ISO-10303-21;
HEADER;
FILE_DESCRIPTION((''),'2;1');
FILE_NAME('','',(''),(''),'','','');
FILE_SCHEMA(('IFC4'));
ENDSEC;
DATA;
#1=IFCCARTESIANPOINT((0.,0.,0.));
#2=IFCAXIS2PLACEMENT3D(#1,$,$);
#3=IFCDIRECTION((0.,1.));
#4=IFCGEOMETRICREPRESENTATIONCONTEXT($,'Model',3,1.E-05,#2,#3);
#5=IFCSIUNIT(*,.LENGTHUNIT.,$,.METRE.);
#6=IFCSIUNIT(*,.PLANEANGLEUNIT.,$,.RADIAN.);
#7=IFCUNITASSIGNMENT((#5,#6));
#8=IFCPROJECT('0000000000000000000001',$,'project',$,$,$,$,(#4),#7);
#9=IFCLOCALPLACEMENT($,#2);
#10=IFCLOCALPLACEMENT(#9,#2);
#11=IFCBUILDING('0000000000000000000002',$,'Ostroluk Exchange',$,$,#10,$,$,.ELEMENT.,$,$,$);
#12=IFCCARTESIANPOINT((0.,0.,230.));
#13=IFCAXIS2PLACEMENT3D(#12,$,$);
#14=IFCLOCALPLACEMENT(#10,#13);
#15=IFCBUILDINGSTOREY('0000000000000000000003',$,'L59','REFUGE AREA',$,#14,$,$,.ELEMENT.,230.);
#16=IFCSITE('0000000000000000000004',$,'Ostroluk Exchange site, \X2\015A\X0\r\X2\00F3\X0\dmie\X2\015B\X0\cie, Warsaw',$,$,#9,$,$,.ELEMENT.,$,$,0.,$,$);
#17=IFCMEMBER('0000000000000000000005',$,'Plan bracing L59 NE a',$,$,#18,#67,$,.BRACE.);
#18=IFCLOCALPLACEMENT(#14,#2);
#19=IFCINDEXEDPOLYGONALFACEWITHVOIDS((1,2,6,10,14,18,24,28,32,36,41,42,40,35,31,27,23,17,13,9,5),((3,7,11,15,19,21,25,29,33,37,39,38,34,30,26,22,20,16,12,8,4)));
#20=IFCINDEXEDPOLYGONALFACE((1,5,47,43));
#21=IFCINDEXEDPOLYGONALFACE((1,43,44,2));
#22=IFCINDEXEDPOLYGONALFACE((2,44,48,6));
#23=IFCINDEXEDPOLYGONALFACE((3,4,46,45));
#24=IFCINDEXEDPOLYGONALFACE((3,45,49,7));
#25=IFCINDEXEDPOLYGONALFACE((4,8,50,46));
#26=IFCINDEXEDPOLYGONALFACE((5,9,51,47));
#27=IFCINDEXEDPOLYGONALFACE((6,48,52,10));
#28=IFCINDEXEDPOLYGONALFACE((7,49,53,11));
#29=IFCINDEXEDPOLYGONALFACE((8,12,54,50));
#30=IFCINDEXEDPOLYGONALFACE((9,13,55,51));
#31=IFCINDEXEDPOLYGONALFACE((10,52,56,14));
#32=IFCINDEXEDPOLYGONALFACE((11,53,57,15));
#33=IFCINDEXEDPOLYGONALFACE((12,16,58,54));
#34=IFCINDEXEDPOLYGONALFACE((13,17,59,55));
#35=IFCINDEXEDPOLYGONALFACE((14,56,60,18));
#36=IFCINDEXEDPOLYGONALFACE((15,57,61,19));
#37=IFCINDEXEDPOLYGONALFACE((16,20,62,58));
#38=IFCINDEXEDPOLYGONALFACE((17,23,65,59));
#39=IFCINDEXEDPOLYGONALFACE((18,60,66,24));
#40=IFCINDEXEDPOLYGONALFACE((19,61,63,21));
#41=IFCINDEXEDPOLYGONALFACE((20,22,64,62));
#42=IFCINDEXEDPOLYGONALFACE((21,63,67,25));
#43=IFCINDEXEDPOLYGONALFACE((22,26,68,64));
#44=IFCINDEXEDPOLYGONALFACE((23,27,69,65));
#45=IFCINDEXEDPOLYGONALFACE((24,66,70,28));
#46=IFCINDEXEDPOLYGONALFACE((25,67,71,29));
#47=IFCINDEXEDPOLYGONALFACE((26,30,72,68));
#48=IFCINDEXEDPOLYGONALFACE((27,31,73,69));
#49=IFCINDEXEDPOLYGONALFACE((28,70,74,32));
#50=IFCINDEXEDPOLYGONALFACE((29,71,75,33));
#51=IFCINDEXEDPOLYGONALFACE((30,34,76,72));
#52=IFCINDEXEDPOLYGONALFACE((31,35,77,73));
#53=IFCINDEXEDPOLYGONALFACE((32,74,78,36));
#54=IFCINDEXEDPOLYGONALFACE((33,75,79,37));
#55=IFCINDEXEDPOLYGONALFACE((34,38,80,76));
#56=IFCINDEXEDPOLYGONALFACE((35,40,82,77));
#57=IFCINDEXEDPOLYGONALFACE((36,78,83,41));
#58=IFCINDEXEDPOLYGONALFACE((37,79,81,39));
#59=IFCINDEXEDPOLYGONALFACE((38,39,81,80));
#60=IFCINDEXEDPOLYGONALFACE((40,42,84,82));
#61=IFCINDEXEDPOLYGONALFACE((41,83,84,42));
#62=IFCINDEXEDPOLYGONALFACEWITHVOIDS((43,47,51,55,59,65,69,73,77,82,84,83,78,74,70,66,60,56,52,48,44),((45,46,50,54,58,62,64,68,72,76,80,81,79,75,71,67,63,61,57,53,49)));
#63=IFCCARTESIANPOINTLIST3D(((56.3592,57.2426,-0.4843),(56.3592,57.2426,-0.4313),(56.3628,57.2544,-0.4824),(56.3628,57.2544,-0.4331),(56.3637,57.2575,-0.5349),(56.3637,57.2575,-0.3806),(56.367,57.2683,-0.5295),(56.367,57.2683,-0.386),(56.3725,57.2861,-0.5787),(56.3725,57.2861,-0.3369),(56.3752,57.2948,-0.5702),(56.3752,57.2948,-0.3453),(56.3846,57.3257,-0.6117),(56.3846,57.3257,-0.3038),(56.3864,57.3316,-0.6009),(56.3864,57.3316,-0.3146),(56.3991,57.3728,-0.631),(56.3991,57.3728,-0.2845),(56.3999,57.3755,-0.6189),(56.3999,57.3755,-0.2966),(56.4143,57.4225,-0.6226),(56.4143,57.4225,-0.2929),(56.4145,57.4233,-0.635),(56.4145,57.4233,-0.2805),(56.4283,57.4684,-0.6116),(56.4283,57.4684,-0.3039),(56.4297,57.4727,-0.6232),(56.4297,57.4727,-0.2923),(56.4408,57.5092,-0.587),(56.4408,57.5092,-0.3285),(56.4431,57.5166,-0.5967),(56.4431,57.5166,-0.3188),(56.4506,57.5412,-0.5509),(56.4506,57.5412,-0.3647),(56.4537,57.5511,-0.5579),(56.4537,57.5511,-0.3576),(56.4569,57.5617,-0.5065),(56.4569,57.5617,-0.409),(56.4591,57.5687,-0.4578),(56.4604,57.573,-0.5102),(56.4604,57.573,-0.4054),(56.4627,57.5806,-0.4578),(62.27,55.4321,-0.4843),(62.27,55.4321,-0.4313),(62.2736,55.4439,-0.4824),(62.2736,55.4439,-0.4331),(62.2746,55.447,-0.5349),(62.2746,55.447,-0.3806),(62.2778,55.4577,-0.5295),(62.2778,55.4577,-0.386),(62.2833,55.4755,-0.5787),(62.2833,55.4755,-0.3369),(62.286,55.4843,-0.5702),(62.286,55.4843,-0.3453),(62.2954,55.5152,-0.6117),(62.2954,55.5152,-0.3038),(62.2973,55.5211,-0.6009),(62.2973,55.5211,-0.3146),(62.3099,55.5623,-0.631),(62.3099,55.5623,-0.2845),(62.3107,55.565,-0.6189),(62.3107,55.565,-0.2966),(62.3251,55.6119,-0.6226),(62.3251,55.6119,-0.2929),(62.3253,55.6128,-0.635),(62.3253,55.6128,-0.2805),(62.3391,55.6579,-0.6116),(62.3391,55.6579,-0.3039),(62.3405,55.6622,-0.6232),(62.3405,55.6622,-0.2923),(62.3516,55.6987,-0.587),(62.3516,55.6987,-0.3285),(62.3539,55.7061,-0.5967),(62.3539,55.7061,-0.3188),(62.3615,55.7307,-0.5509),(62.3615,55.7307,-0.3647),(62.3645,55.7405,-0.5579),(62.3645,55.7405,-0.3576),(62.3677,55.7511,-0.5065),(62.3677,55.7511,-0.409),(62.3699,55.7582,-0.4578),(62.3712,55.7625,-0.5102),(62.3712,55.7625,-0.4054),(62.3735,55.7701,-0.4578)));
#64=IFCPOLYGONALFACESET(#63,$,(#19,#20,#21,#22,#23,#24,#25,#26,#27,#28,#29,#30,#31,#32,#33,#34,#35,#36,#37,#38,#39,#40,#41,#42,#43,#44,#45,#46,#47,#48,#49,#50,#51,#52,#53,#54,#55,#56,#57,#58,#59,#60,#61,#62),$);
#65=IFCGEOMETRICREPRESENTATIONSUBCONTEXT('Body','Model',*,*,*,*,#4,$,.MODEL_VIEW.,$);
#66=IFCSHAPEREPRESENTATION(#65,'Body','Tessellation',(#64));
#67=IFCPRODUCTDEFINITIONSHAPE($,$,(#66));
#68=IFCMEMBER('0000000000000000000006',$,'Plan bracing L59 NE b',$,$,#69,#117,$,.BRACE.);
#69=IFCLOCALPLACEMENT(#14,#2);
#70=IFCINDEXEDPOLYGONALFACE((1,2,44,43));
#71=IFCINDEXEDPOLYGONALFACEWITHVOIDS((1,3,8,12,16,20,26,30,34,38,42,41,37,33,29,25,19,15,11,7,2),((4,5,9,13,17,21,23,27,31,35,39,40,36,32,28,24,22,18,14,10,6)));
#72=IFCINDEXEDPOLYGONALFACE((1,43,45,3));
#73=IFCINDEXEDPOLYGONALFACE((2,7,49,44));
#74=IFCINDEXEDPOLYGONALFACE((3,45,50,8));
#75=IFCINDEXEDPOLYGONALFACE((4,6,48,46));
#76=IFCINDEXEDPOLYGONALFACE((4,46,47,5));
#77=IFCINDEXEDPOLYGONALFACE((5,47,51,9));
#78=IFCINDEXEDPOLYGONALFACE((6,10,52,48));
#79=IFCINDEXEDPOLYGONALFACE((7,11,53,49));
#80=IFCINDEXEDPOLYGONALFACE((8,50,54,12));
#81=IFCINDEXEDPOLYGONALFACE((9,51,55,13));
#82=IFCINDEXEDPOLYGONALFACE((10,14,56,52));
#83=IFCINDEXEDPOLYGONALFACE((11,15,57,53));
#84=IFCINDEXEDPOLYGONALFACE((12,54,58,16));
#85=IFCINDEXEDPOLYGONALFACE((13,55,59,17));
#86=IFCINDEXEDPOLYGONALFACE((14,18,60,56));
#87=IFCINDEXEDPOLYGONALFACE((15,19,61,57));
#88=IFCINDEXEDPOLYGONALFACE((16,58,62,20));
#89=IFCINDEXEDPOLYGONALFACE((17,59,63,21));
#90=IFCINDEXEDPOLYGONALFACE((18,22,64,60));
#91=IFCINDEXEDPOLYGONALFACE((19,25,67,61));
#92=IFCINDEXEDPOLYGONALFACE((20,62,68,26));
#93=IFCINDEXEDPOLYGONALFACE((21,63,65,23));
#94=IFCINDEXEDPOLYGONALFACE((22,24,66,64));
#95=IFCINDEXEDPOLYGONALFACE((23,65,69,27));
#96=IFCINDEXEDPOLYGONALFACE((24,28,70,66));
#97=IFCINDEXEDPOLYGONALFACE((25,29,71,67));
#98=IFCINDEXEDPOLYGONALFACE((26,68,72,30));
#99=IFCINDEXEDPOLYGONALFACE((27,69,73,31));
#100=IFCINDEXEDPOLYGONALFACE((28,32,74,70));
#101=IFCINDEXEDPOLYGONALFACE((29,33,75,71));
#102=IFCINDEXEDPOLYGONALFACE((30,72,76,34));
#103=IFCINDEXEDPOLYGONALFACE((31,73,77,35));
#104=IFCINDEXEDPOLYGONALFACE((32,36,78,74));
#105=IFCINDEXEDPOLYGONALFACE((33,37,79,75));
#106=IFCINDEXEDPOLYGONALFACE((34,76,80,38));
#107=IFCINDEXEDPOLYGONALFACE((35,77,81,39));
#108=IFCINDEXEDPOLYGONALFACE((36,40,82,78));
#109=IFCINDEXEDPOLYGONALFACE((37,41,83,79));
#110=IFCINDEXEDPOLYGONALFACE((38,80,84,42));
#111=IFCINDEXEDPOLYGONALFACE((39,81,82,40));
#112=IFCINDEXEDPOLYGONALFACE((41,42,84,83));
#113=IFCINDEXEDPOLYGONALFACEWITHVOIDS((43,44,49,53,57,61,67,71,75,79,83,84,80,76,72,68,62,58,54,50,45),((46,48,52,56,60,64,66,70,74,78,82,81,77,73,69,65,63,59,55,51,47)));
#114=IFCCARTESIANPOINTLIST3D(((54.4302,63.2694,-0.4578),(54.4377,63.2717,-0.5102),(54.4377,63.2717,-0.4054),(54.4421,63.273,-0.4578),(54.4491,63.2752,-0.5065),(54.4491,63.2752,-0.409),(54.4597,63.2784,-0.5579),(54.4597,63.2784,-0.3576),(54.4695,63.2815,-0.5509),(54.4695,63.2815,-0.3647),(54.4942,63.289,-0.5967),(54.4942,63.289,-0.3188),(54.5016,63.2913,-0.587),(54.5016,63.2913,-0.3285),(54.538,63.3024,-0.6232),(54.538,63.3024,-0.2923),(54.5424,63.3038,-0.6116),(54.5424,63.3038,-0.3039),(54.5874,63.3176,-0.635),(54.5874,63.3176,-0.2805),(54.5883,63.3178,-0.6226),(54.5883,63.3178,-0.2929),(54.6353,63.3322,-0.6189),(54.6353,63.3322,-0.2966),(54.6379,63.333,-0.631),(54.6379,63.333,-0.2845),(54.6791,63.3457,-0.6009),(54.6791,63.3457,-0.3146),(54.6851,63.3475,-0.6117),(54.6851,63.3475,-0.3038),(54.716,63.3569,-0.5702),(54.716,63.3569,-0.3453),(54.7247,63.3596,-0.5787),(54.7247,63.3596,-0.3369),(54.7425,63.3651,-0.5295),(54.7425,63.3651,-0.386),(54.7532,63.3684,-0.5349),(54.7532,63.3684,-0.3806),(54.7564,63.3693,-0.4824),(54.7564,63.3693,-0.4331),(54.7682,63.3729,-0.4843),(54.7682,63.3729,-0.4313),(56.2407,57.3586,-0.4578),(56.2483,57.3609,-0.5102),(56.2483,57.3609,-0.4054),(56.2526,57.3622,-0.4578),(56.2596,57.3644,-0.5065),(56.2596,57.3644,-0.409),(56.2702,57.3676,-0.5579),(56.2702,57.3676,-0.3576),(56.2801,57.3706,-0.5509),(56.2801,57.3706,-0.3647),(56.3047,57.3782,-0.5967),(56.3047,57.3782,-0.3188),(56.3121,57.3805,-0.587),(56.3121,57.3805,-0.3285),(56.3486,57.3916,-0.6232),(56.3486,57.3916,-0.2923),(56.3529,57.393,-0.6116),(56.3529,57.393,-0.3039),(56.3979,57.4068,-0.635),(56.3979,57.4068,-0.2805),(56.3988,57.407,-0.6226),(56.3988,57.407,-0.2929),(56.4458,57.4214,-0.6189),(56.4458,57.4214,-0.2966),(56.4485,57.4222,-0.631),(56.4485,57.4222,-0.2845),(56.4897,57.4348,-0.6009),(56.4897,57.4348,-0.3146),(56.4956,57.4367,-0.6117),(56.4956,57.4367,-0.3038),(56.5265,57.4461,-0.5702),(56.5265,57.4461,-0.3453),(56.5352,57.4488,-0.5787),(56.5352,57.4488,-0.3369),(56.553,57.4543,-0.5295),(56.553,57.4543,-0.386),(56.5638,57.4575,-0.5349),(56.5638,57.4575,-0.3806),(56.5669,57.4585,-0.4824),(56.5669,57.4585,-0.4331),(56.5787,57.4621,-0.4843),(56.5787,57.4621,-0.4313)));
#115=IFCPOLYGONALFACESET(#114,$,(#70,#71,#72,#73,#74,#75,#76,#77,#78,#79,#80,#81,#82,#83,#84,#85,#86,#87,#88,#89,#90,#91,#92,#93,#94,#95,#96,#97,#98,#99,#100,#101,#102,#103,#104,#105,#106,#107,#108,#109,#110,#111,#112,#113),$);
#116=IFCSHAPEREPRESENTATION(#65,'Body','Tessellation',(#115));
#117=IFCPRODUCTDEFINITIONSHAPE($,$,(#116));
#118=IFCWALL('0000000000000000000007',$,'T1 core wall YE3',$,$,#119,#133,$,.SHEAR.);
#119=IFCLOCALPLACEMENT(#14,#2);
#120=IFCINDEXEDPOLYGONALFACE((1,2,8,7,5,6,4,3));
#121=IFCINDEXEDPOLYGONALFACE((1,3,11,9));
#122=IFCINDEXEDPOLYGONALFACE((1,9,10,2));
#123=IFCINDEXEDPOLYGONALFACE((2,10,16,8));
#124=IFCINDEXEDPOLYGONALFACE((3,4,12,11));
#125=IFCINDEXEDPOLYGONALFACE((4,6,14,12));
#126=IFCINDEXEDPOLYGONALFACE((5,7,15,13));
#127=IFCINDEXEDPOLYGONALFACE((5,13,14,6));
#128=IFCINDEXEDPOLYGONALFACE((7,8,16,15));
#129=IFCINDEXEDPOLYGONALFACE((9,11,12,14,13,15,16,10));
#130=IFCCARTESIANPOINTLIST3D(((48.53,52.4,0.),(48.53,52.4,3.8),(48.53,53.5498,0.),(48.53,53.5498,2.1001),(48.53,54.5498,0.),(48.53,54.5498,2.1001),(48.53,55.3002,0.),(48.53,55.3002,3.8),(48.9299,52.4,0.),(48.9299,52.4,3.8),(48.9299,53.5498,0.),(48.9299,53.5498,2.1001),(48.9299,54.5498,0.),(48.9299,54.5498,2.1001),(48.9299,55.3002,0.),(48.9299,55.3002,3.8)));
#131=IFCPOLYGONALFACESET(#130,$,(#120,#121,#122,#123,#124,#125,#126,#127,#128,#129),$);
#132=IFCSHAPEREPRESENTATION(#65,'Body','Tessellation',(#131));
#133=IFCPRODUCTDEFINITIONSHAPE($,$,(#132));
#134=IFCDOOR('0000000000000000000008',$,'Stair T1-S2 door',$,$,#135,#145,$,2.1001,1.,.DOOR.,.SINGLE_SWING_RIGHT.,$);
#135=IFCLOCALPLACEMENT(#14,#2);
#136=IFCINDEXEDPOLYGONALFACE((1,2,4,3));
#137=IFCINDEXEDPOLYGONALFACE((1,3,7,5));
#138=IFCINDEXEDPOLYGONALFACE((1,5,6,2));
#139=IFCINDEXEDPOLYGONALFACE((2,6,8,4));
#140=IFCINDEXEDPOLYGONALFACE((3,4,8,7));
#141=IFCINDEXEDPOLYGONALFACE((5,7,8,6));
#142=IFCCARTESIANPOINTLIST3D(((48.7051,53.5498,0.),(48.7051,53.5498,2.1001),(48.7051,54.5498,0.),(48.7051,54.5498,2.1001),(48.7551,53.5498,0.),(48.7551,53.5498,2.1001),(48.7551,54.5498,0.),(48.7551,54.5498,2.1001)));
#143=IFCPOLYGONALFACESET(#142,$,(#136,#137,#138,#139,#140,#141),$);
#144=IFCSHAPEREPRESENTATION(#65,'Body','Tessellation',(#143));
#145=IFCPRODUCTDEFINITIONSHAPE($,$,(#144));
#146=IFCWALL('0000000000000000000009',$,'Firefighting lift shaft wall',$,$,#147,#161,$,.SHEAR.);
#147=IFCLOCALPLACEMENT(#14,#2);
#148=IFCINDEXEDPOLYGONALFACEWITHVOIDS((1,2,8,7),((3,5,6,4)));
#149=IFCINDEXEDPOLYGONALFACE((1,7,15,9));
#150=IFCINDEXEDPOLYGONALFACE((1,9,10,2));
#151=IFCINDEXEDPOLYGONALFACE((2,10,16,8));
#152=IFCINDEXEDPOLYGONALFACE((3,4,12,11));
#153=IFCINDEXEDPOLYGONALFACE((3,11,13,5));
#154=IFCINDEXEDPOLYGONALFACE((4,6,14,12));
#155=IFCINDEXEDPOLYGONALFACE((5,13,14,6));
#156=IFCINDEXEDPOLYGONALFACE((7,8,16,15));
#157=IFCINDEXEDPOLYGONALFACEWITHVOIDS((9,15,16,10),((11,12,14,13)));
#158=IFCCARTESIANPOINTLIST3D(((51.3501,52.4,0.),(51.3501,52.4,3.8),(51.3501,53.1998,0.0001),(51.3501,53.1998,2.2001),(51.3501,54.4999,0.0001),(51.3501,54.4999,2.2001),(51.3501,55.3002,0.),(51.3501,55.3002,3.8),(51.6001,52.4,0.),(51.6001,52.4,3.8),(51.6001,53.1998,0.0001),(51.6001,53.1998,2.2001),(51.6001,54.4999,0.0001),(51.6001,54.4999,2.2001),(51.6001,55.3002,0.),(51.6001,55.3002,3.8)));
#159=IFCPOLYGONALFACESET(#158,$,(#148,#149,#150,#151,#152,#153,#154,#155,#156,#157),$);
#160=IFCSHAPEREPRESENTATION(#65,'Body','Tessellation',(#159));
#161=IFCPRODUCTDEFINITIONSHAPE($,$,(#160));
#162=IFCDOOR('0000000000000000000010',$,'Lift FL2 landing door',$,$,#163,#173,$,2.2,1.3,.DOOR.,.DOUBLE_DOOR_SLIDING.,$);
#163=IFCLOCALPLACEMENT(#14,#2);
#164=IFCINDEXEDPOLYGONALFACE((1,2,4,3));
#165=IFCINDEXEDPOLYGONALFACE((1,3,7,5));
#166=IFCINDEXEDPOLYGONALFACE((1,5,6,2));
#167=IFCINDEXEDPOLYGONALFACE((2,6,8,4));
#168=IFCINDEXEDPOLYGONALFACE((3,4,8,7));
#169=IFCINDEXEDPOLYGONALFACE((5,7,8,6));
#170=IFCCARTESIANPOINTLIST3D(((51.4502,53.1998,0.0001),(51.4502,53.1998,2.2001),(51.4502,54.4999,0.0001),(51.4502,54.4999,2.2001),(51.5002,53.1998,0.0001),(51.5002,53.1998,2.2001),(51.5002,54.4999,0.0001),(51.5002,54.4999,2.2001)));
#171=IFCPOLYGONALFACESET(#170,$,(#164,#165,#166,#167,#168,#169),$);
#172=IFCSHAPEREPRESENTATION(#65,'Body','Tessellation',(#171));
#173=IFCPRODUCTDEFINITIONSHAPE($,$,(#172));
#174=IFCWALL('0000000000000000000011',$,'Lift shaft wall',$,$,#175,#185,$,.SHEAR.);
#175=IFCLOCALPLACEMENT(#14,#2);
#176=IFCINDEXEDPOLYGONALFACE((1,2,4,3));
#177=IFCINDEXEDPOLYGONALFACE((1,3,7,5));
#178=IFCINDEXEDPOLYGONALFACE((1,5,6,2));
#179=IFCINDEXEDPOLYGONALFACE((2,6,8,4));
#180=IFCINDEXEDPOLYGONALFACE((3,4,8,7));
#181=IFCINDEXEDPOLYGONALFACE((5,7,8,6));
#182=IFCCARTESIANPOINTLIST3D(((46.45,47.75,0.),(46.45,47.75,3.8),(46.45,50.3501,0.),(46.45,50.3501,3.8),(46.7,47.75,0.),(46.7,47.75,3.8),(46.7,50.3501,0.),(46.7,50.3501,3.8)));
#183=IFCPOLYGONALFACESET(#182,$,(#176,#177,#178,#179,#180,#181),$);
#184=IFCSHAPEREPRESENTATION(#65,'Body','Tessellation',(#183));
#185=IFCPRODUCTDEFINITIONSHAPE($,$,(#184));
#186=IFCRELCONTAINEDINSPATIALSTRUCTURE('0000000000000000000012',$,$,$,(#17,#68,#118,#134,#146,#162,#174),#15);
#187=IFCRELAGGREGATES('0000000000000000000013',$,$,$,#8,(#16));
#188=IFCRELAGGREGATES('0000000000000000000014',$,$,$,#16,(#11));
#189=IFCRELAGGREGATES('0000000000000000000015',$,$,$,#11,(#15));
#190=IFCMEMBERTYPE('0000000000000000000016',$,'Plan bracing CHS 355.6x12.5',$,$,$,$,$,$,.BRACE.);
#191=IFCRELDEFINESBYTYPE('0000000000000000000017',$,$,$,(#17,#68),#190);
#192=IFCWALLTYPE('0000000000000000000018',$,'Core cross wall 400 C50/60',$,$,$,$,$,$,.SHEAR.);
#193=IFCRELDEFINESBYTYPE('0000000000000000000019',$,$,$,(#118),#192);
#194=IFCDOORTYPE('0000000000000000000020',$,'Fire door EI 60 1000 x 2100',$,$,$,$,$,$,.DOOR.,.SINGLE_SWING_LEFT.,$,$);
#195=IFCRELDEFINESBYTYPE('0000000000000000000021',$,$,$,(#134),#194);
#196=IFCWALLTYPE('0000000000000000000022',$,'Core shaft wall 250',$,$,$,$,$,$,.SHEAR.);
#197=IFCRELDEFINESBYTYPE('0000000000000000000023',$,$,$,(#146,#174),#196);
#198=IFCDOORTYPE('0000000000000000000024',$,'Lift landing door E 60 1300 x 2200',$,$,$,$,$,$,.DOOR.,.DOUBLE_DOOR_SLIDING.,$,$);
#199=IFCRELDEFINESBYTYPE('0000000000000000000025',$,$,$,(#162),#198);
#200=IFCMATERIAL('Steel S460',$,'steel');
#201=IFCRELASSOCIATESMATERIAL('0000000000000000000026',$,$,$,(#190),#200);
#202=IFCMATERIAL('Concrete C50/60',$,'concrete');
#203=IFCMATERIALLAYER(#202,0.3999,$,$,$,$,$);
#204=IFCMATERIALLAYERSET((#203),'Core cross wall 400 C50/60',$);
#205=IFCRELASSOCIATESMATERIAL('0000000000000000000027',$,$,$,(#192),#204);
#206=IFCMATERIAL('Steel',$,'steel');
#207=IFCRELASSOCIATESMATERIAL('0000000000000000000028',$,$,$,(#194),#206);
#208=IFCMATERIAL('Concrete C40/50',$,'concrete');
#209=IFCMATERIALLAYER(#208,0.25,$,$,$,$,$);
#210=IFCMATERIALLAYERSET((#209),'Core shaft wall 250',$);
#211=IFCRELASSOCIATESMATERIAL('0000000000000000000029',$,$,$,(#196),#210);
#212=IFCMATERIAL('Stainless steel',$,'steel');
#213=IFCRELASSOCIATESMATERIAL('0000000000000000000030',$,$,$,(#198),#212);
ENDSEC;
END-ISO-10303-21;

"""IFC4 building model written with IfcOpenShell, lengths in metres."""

from ifc_helpers import new_model, si_unit, direction, frame, frame_2d, origin, origin_2d, place, context, subcontext, project, spatial, rectangle, hollow_circle, extrude, material, layer, layer_set, material_profile, profile_set, type_object, element, fill, save


model = new_model("IFC4")

# Units and contexts
model_context = context("Model", 3, precision=1e-05, world=origin(), true_north=direction((0.0, 1.0)))
body_context = subcontext(model_context, "Body", "Model", "MODEL_VIEW")
ifc_project = project(units=[si_unit("LENGTHUNIT", "METRE"), si_unit("PLANEANGLEUNIT", "RADIAN")], contexts=[model_context])

# Site, building, storey
site_placement = place(None, origin())
site = spatial("IfcSite", under=ifc_project, at=site_placement, Name="Ostroluk Exchange site, Śródmieście, Warsaw", CompositionType="ELEMENT", RefElevation=0.0)
building_placement = place(site_placement, origin())
building = spatial("IfcBuilding", under=site, at=building_placement, Name="Ostroluk Exchange", CompositionType="ELEMENT")
storey_placement = place(building_placement, frame((0.0, 0.0, 230.0)))
storey = spatial("IfcBuildingStorey", under=building, at=storey_placement, Name="L59", Description="REFUGE AREA", CompositionType="ELEMENT", Elevation=230.0)

# Members
ifc_material_1 = material(Name="Steel S460", Category="steel")
ifc_material_profile_1 = material_profile(ifc_material_1, hollow_circle(Radius=0.1777, WallThickness=0.0125, at=origin_2d()), Name="CHS 355.6x12.5")
ifc_profile_set_1 = profile_set([ifc_material_profile_1], Name="Steel S460")
member_type_1 = type_object("IfcMemberType", Name="Plan bracing CHS 355.6x12.5", PredefinedType="BRACE", material=ifc_profile_set_1)
for number, where, z_axis, x_axis, name in (
    (1, (56.4106, 57.4106, -0.4578), (0.956151, -0.292876, 0.0), (0.292876, 0.956151, 0.0), "Plan bracing L59 NE a"),
    (2, (56.4106, 57.4106, -0.4578), (-0.292876, 0.956151, 0.0), (-0.956151, -0.292876, 0.0), "Plan bracing L59 NE b"),
):
    element("IfcMember", number, at=place(storey_placement, frame(where, z_axis=z_axis, x_axis=x_axis)), inside=storey, type_object=member_type_1, Name=name, PredefinedType="BRACE", context=body_context, shape_type="SweptSolid", body=[
        extrude(hollow_circle(Radius=0.1777, WallThickness=0.0125, at=origin_2d()), origin(), (0.0, 0.0, 1.0), 6.1819),
    ])

# Walls, openings, doors
ifc_material_2 = material(Name="Concrete C50/60", Category="concrete")
ifc_layer_1 = layer(ifc_material_2, 0.3999)
ifc_layer_set_1 = layer_set([ifc_layer_1], Name="Core cross wall 400 C50/60")
wall_type_1 = type_object("IfcWallType", Name="Core cross wall 400 C50/60", PredefinedType="SHEAR", material=ifc_layer_set_1)
wall_1_placement = place(storey_placement, frame((48.73, 52.3999, 0.0), z_axis=(0.0, 0.0, 1.0), x_axis=(0.0, 1.0, 0.0)))
wall_1 = element("IfcWall", 3, at=wall_1_placement, inside=storey, type_object=wall_type_1, Name="T1 core wall YE3", PredefinedType="SHEAR", context=body_context, shape_type="SweptSolid", body=[
    extrude(rectangle(XDim=2.9001, YDim=0.3999, at=frame_2d((1.4502, 0.0))), origin(), (0.0, 0.0, 1.0), 3.8),
])
opening_1_placement = place(wall_1_placement, frame((1.1499, 0.0, 0.0)))
opening_1 = element("IfcOpeningElement", 4, at=opening_1_placement, cuts=wall_1, PredefinedType="OPENING", context=body_context, shape_type="SweptSolid", body=[
    extrude(rectangle(XDim=1.0, YDim=2.1001, at=frame_2d((0.5, 1.05))), frame((0.0, 0.21, 0.0), z_axis=(0.0, -1.0, 0.0), x_axis=(1.0, 0.0, 0.0)), (0.0, 0.0, 1.0), 0.4199),
])
ifc_material_3 = material(Name="Steel", Category="steel")
door_type_1 = type_object("IfcDoorType", Name="Fire door EI 60 1000 x 2100", OperationType="SINGLE_SWING_LEFT", PredefinedType="DOOR", material=ifc_material_3)
door_1_placement = place(opening_1_placement, origin())
door_1 = element("IfcDoor", 5, at=door_1_placement, inside=storey, type_object=door_type_1, Name="Stair T1-S2 door", OperationType="SINGLE_SWING_RIGHT", OverallHeight=2.1001, OverallWidth=1.0, PredefinedType="DOOR", context=body_context, shape_type="SweptSolid", body=[
    extrude(rectangle(XDim=1.0, YDim=2.1001, at=frame_2d((0.5, 1.05))), frame((0.0, 0.0249, 0.0), z_axis=(0.0, -1.0, 0.0), x_axis=(1.0, 0.0, 0.0)), (0.0, 0.0, 1.0), 0.05),
])
fill(opening_1, door_1)
ifc_material_4 = material(Name="Concrete C40/50", Category="concrete")
ifc_layer_2 = layer(ifc_material_4, 0.25)
ifc_layer_set_2 = layer_set([ifc_layer_2], Name="Core shaft wall 250")
wall_type_2 = type_object("IfcWallType", Name="Core shaft wall 250", PredefinedType="SHEAR", material=ifc_layer_set_2)
wall_2_placement = place(storey_placement, frame((51.4751, 52.3999, 0.0), z_axis=(0.0, 0.0, 1.0), x_axis=(0.0, 1.0, 0.0)))
wall_2 = element("IfcWall", 6, at=wall_2_placement, inside=storey, type_object=wall_type_2, Name="Firefighting lift shaft wall", PredefinedType="SHEAR", context=body_context, shape_type="SweptSolid", body=[
    extrude(rectangle(XDim=2.9001, YDim=0.25, at=frame_2d((1.4502, 0.0))), origin(), (0.0, 0.0, 1.0), 3.8),
])
opening_2_placement = place(wall_2_placement, frame((0.8, 0.0, 0.0)))
opening_2 = element("IfcOpeningElement", 7, at=opening_2_placement, cuts=wall_2, PredefinedType="OPENING", context=body_context, shape_type="SweptSolid", body=[
    extrude(rectangle(XDim=1.3, YDim=2.2, at=frame_2d((0.6499, 1.1001))), frame((0.0, 0.135, 0.0), z_axis=(0.0, -1.0, 0.0), x_axis=(1.0, 0.0, 0.0)), (0.0, 0.0, 1.0), 0.27),
])
ifc_material_5 = material(Name="Stainless steel", Category="steel")
door_type_2 = type_object("IfcDoorType", Name="Lift landing door E 60 1300 x 2200", OperationType="DOUBLE_DOOR_SLIDING", PredefinedType="DOOR", material=ifc_material_5)
door_2_placement = place(opening_2_placement, origin())
door_2 = element("IfcDoor", 8, at=door_2_placement, inside=storey, type_object=door_type_2, Name="Lift FL2 landing door", OperationType="DOUBLE_DOOR_SLIDING", OverallHeight=2.2, OverallWidth=1.3, PredefinedType="DOOR", context=body_context, shape_type="SweptSolid", body=[
    extrude(rectangle(XDim=1.3, YDim=2.2, at=frame_2d((0.6499, 1.1001))), frame((0.0, 0.0249, 0.0), z_axis=(0.0, -1.0, 0.0), x_axis=(1.0, 0.0, 0.0)), (0.0, 0.0, 1.0), 0.05),
])
fill(opening_2, door_2)

# Wall
wall_3_placement = place(storey_placement, frame((46.575, 47.75, 0.0), z_axis=(0.0, 0.0, 1.0), x_axis=(0.0, 1.0, 0.0)))
element("IfcWall", 9, at=wall_3_placement, inside=storey, type_object=wall_type_2, Name="Lift shaft wall", PredefinedType="SHEAR", context=body_context, shape_type="SweptSolid", body=[
    extrude(rectangle(XDim=2.6001, YDim=0.25, at=frame_2d((1.3, 0.0))), origin(), (0.0, 0.0, 1.0), 3.8),
])

save(model, "model.ifc")
